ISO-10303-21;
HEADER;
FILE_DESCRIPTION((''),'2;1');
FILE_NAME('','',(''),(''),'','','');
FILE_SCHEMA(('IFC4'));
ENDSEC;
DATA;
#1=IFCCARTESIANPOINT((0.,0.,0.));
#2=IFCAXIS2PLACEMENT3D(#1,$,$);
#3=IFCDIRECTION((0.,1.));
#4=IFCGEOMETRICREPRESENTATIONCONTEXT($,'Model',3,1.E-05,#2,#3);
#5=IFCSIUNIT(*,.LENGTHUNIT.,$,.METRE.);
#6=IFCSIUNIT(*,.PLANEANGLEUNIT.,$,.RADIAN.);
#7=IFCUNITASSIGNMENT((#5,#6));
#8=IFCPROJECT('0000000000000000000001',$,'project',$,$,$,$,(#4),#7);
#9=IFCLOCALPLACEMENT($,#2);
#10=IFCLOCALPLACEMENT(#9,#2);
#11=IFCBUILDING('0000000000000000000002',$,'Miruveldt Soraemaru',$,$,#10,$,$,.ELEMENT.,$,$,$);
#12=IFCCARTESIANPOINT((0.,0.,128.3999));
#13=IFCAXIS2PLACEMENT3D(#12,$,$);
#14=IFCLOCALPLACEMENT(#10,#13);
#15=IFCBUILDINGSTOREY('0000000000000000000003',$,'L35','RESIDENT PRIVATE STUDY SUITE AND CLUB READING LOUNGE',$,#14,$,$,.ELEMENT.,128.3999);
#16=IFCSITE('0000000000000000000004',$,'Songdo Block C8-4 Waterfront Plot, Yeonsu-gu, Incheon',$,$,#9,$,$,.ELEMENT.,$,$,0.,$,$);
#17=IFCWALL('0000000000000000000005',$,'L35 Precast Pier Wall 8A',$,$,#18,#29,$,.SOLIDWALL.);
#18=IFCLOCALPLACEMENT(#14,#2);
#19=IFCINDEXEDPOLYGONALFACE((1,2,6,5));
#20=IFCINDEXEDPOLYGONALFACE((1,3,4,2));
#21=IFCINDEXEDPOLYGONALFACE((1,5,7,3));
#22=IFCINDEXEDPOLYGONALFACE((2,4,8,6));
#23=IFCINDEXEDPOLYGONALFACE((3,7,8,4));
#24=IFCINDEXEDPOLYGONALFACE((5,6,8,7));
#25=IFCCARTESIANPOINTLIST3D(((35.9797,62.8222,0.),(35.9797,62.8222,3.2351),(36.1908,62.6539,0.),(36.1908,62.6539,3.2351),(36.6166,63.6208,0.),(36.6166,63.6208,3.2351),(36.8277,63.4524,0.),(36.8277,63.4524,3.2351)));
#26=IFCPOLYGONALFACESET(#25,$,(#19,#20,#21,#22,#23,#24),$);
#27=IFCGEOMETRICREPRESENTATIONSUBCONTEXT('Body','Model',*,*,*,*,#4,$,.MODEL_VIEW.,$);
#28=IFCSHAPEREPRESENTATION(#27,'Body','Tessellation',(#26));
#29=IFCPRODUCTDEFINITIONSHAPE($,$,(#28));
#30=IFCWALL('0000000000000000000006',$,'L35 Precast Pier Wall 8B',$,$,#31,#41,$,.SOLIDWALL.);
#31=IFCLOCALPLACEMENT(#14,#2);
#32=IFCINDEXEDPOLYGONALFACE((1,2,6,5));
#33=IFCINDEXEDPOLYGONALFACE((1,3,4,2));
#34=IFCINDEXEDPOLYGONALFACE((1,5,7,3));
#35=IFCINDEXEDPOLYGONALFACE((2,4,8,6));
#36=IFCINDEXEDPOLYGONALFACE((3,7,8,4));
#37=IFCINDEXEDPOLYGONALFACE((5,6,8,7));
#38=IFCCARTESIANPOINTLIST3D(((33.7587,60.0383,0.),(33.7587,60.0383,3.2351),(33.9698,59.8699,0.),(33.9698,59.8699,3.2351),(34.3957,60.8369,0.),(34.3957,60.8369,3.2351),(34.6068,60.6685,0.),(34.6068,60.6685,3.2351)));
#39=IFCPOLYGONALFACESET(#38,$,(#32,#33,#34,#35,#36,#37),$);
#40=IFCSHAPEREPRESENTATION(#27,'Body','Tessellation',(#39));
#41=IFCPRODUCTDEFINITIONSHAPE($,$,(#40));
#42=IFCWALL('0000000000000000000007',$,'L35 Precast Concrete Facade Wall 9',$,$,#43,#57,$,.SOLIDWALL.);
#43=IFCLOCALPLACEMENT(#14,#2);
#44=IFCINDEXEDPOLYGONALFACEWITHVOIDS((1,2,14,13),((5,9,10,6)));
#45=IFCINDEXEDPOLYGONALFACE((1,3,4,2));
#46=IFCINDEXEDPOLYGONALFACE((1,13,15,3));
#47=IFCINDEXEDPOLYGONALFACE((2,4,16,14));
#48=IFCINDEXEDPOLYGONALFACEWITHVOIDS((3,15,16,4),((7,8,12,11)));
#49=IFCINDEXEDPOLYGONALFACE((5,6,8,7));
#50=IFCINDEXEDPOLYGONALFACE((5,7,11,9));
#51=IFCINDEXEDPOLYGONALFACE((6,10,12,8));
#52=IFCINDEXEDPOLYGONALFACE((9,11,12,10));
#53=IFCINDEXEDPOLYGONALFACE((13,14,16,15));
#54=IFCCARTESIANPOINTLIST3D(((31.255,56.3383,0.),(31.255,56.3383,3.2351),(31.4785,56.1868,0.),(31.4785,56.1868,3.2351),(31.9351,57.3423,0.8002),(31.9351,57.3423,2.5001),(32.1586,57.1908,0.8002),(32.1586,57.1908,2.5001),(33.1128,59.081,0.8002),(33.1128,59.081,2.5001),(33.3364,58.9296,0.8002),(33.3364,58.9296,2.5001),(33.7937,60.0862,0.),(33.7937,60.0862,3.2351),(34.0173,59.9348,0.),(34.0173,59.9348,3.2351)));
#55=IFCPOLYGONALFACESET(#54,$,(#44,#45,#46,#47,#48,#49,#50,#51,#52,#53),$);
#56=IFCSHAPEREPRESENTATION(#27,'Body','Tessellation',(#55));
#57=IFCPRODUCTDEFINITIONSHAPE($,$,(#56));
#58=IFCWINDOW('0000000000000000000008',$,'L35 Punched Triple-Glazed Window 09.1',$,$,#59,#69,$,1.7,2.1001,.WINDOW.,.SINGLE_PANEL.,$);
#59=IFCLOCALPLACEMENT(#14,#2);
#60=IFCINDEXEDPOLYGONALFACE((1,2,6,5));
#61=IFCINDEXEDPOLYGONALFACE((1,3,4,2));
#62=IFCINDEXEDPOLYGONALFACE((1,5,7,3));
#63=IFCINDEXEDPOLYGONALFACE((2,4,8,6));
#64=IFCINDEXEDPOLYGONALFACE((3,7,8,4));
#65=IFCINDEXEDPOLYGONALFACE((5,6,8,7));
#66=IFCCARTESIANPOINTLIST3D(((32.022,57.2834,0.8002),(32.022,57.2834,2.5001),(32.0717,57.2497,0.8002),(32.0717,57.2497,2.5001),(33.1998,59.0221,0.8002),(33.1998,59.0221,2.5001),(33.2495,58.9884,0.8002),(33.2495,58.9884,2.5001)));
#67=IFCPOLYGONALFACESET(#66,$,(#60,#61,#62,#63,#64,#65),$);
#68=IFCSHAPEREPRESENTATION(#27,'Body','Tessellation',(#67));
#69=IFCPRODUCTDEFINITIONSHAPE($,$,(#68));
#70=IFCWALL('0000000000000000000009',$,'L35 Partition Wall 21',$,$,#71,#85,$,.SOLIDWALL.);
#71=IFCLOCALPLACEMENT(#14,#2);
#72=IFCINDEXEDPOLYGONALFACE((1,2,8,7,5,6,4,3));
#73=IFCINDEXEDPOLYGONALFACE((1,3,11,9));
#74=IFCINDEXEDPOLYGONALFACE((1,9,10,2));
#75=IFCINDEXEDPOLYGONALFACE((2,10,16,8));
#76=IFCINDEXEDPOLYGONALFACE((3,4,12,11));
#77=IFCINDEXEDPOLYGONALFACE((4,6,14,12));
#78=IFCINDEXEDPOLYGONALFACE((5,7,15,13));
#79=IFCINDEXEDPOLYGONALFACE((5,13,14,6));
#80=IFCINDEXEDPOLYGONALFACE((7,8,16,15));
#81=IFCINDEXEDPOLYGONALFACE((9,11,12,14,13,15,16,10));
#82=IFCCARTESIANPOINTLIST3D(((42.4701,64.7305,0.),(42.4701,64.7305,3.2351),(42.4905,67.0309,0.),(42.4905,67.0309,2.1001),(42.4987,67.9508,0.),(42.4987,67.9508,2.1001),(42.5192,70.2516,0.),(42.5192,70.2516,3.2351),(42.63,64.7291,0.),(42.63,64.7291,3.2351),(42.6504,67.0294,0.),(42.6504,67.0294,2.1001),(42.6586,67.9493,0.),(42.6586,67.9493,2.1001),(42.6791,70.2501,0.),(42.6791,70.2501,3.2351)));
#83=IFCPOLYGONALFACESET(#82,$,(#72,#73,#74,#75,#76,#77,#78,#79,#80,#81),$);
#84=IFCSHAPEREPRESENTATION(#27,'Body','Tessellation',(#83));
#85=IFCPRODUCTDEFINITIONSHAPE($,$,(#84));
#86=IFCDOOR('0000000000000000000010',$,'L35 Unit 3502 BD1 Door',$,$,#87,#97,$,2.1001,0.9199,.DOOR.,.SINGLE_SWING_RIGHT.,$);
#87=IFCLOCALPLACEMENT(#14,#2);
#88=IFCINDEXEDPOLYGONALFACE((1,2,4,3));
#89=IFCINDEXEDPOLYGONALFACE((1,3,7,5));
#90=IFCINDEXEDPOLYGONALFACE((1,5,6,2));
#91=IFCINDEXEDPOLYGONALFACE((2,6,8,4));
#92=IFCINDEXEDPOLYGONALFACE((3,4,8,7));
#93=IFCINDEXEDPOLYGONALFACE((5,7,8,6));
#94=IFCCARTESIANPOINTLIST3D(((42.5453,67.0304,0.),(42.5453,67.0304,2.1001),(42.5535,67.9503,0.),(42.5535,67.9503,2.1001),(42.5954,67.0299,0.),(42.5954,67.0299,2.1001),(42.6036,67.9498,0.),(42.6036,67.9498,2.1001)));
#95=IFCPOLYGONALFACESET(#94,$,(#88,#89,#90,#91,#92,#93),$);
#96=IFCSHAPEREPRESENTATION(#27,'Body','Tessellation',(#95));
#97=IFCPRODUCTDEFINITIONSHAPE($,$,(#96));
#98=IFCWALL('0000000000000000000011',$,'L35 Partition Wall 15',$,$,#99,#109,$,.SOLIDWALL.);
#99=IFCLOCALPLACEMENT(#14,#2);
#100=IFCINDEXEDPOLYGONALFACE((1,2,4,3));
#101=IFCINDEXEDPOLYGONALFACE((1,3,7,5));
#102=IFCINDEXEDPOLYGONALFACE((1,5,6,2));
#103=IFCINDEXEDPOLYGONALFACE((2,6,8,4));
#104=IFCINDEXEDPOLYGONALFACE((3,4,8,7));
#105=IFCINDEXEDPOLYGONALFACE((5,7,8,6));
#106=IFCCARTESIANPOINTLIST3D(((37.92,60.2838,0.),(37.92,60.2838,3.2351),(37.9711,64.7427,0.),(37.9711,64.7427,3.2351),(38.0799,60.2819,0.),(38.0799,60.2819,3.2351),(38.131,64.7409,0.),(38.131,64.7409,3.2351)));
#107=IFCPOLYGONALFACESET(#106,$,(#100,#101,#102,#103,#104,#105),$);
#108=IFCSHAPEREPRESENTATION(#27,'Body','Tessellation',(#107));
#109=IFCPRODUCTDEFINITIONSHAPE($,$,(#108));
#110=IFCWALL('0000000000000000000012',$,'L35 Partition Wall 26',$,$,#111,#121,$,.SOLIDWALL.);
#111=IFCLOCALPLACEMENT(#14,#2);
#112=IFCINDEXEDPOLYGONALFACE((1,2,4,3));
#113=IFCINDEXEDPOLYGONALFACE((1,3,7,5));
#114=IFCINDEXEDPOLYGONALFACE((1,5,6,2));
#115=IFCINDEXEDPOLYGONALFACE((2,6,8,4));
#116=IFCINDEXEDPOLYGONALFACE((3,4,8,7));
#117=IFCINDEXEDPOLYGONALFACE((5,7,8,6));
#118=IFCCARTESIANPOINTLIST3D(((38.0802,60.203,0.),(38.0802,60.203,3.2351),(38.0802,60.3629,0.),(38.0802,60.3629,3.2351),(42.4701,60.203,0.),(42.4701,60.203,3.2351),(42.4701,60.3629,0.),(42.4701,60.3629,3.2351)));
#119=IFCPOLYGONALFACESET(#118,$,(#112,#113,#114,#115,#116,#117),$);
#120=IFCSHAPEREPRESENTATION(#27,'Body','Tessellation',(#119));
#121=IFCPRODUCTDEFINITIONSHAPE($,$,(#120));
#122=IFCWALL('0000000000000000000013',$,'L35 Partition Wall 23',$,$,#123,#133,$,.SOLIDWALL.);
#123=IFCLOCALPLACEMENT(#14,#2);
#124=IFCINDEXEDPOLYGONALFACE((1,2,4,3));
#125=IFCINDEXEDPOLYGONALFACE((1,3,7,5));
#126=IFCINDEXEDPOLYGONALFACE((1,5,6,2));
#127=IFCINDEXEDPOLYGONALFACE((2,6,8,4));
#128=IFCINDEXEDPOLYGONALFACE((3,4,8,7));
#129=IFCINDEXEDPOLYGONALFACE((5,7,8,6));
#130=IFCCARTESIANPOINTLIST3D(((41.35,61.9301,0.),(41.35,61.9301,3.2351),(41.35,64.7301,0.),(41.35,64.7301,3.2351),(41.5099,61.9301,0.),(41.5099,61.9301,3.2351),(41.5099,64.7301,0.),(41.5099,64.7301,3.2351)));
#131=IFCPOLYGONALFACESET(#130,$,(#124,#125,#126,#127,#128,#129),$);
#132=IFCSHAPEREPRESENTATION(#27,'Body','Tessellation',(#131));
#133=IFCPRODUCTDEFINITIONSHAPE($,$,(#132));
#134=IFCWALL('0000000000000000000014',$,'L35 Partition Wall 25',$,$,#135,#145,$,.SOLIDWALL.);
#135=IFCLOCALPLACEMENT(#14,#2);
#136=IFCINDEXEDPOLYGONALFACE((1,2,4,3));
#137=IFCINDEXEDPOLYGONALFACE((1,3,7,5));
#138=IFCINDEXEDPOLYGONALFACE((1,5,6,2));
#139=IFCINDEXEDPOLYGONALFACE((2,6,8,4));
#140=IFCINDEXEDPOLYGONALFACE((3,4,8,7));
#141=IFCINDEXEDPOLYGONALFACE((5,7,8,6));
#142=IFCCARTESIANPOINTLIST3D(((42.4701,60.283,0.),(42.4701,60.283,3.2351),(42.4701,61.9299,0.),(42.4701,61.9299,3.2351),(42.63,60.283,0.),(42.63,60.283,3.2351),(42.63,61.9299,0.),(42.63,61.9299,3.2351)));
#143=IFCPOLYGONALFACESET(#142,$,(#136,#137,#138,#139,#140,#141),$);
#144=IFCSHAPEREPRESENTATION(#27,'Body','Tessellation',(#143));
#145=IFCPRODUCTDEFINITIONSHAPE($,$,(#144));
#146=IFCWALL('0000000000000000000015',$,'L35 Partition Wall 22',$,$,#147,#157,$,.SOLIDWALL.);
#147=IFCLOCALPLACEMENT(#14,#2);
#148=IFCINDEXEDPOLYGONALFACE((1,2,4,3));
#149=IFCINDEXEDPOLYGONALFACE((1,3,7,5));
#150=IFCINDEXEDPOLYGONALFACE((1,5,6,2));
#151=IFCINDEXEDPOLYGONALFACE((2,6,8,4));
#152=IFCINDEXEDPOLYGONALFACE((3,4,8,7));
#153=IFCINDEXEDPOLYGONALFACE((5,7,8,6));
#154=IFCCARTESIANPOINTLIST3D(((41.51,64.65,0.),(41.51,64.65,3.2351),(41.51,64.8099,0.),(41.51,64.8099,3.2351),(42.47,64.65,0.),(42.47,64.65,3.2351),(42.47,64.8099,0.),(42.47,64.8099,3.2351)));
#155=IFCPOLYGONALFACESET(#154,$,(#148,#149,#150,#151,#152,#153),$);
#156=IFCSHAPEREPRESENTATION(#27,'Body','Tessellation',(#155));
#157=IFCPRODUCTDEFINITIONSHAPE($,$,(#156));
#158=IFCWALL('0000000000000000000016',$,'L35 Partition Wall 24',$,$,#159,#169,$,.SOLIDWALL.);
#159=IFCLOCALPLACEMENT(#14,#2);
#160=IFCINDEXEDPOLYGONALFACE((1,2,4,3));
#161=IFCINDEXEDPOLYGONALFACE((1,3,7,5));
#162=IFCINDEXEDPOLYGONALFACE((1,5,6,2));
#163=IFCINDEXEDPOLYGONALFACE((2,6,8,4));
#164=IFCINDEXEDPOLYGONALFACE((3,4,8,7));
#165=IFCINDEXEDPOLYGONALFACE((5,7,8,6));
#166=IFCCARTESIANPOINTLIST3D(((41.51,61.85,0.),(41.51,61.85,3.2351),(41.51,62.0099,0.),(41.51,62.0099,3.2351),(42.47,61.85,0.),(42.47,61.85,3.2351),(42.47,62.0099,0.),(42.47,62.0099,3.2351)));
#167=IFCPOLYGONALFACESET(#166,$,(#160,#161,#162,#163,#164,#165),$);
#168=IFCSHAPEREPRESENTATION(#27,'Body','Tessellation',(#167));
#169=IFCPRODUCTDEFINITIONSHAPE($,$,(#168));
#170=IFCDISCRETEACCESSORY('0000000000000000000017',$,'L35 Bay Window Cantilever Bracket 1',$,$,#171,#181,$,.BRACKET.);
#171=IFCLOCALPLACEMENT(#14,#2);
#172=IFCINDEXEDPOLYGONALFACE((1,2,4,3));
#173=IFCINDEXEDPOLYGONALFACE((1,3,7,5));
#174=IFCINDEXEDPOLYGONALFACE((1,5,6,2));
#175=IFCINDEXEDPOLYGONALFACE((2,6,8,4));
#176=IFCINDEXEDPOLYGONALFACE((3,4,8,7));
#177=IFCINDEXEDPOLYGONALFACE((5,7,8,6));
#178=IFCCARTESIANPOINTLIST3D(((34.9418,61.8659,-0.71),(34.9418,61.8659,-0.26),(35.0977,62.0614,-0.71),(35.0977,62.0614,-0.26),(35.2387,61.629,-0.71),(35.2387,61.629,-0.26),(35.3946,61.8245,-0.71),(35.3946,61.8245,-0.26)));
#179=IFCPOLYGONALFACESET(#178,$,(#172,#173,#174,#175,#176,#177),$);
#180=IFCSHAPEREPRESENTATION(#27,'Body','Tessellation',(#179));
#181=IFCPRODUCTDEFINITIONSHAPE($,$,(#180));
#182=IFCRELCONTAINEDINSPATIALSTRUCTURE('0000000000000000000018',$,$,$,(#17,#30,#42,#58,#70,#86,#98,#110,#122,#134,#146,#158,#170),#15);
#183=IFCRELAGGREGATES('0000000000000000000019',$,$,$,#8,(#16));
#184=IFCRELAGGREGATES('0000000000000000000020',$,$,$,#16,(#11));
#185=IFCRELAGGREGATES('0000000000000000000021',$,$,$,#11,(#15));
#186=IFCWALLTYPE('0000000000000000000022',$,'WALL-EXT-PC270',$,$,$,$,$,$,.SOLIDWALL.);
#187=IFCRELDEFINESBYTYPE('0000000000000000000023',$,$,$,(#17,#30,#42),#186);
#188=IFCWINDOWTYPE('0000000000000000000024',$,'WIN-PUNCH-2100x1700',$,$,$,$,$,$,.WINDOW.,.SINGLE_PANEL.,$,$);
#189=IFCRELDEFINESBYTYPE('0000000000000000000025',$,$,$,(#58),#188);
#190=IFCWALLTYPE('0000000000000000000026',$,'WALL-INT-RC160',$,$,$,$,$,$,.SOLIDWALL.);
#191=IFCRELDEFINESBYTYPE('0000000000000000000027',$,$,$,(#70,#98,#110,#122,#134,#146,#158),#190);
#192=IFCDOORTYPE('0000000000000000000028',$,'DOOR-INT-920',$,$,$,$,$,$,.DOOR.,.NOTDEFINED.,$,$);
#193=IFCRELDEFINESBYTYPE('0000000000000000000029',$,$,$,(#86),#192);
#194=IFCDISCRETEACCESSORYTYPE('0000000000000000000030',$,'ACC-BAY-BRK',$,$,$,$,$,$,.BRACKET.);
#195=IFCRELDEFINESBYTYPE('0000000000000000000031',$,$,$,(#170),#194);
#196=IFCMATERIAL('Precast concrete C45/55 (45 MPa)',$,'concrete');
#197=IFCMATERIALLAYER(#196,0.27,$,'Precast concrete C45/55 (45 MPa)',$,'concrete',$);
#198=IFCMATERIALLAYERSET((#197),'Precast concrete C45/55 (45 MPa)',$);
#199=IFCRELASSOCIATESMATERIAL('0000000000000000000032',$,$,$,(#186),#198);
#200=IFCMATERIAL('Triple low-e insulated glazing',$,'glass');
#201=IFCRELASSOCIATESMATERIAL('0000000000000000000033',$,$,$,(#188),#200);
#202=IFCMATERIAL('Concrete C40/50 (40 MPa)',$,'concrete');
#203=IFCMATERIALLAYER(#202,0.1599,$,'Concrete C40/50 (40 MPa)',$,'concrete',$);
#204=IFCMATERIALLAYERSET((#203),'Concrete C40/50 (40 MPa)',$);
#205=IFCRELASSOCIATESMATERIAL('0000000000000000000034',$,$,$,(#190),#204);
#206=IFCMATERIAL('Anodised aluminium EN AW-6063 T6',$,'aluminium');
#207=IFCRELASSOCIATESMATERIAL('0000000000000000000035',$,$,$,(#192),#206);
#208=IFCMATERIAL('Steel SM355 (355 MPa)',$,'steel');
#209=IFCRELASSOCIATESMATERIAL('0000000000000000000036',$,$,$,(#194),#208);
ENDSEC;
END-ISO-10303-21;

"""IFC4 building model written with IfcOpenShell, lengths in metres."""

from ifc_helpers import new_model, si_unit, direction, frame, frame_2d, origin, origin_2d, place, context, subcontext, project, spatial, rectangle, extrude, material, layer, layer_set, type_object, element, fill, save


model = new_model("IFC4")

# Units and contexts
model_context = context("Model", 3, precision=1e-05, world=origin(), true_north=direction((0.0, 1.0)))
body_context = subcontext(model_context, "Body", "Model", "MODEL_VIEW")
ifc_project = project(units=[si_unit("LENGTHUNIT", "METRE"), si_unit("PLANEANGLEUNIT", "RADIAN")], contexts=[model_context])

# Site, building, storey
site_placement = place(None, origin())
site = spatial("IfcSite", under=ifc_project, at=site_placement, Name="Songdo Block C8-4 Waterfront Plot, Yeonsu-gu, Incheon", CompositionType="ELEMENT", RefElevation=0.0)
building_placement = place(site_placement, origin())
building = spatial("IfcBuilding", under=site, at=building_placement, Name="Miruveldt Soraemaru", CompositionType="ELEMENT")
storey_placement = place(building_placement, frame((0.0, 0.0, 128.3999)))
storey = spatial("IfcBuildingStorey", under=building, at=storey_placement, Name="L35", Description="RESIDENT PRIVATE STUDY SUITE AND CLUB READING LOUNGE", CompositionType="ELEMENT", Elevation=128.3999)

# Shared definitions
ifc_material_1 = material(Name="Anodised aluminium EN AW-6063 T6", Category="aluminium")

# Shared definitions
ifc_material_2 = material(Name="Triple low-e insulated glazing", Category="glass")
ifc_material_3 = material(Name="Precast concrete C45/55 (45 MPa)", Category="concrete")
ifc_layer_1 = layer(ifc_material_3, 0.27, Name="Precast concrete C45/55 (45 MPa)", Category="concrete")
ifc_layer_set_1 = layer_set([ifc_layer_1], Name="Precast concrete C45/55 (45 MPa)")
wall_type_1 = type_object("IfcWallType", Name="WALL-EXT-PC270", PredefinedType="SOLIDWALL", material=ifc_layer_set_1)
window_type_1 = type_object("IfcWindowType", Name="WIN-PUNCH-2100x1700", PartitioningType="SINGLE_PANEL", PredefinedType="WINDOW", material=ifc_material_2)

# Walls
for number, where, z_axis, x_axis, name in (
    (1, (36.7222, 63.5366, 0.0), (0.0, 0.0, 1.0), (-0.623558, -0.781777, 0.0), "L35 Precast Pier Wall 8A"),
    (2, (34.5012, 60.7527, 0.0), (0.0, 0.0, 1.0), (-0.623558, -0.781777, 0.0), "L35 Precast Pier Wall 8B"),
):
    element("IfcWall", number, at=place(storey_placement, frame(where, z_axis=z_axis, x_axis=x_axis)), inside=storey, type_object=wall_type_1, Name=name, PredefinedType="SOLIDWALL", context=body_context, shape_type="SweptSolid", body=[
        extrude(rectangle(XDim=1.0215, YDim=0.27, at=frame_2d((0.5107, 0.0))), origin(), (0.0, 0.0, 1.0), 3.2351),
    ])

# Wall, opening, window
wall_1_placement = place(storey_placement, frame((33.9055, 60.0105, 0.0), z_axis=(0.0, 0.0, 1.0), x_axis=(-0.560821, -0.827937, 0.0)))
wall_1 = element("IfcWall", 3, at=wall_1_placement, inside=storey, type_object=wall_type_1, Name="L35 Precast Concrete Facade Wall 9", PredefinedType="SOLIDWALL", context=body_context, shape_type="SweptSolid", body=[
    extrude(rectangle(XDim=4.5269, YDim=0.27, at=frame_2d((2.2634, 0.0))), origin(), (0.0, 0.0, 1.0), 3.2351),
])
opening_1_placement = place(wall_1_placement, frame((1.2141, 0.0, 0.8)))
opening_1 = element("IfcOpeningElement", 4, at=opening_1_placement, cuts=wall_1, PredefinedType="OPENING", context=body_context, shape_type="SweptSolid", body=[
    extrude(rectangle(XDim=2.1001, YDim=1.7, at=frame_2d((1.05, 0.8501))), frame((0.0, 0.145, 0.0), z_axis=(0.0, -1.0, 0.0), x_axis=(1.0, 0.0, 0.0)), (0.0, 0.0, 1.0), 0.29),
])
window_1_placement = place(opening_1_placement, origin())
window_1 = element("IfcWindow", 5, at=window_1_placement, inside=storey, type_object=window_type_1, Name="L35 Punched Triple-Glazed Window 09.1", OverallHeight=1.7, OverallWidth=2.1001, PartitioningType="SINGLE_PANEL", PredefinedType="WINDOW", context=body_context, shape_type="SweptSolid", body=[
    extrude(rectangle(XDim=2.1001, YDim=1.7, at=frame_2d((1.05, 0.8501))), frame((0.0, 0.03, 0.0), z_axis=(0.0, -1.0, 0.0), x_axis=(1.0, 0.0, 0.0)), (0.0, 0.0, 1.0), 0.0601),
])
fill(opening_1, window_1)

# Wall, opening, door
ifc_material_4 = material(Name="Concrete C40/50 (40 MPa)", Category="concrete")
ifc_layer_2 = layer(ifc_material_4, 0.1599, Name="Concrete C40/50 (40 MPa)", Category="concrete")
ifc_layer_set_2 = layer_set([ifc_layer_2], Name="Concrete C40/50 (40 MPa)")
wall_type_2 = type_object("IfcWallType", Name="WALL-INT-RC160", PredefinedType="SOLIDWALL", material=ifc_layer_set_2)
wall_2_placement = place(storey_placement, frame((42.5991, 70.251, 0.0), z_axis=(0.0, 0.0, 1.0), x_axis=(-0.008888, -0.999961, 0.0)))
wall_2 = element("IfcWall", 6, at=wall_2_placement, inside=storey, type_object=wall_type_2, Name="L35 Partition Wall 21", PredefinedType="SOLIDWALL", context=body_context, shape_type="SweptSolid", body=[
    extrude(rectangle(XDim=5.5212, YDim=0.1599, at=frame_2d((2.7607, 0.0))), origin(), (0.0, 0.0, 1.0), 3.2351),
])
opening_2_placement = place(wall_2_placement, frame((2.301, 0.0, 0.0)))
opening_2 = element("IfcOpeningElement", 7, at=opening_2_placement, cuts=wall_2, PredefinedType="OPENING", context=body_context, shape_type="SweptSolid", body=[
    extrude(rectangle(XDim=0.9199, YDim=2.1001, at=frame_2d((0.46, 1.05))), frame((0.0, 0.0898, 0.0), z_axis=(0.0, -1.0, 0.0), x_axis=(1.0, 0.0, 0.0)), (0.0, 0.0, 1.0), 0.1799),
])
door_type = type_object("IfcDoorType", Name="DOOR-INT-920", OperationType="NOTDEFINED", PredefinedType="DOOR", material=ifc_material_1)
door_placement = place(opening_2_placement, origin())
door = element("IfcDoor", 8, at=door_placement, inside=storey, type_object=door_type, Name="L35 Unit 3502 BD1 Door", OperationType="SINGLE_SWING_RIGHT", OverallHeight=2.1001, OverallWidth=0.9199, PredefinedType="DOOR", context=body_context, shape_type="SweptSolid", body=[
    extrude(rectangle(XDim=0.9199, YDim=2.1001, at=frame_2d((0.46, 1.05))), frame((0.0, 0.0249, 0.0), z_axis=(0.0, -1.0, 0.0), x_axis=(1.0, 0.0, 0.0)), (0.0, 0.0, 1.0), 0.05),
])
fill(opening_2, door)

# Walls
wall_3_placement = place(storey_placement, frame((38.0, 60.283, 0.0), z_axis=(0.0, 0.0, 1.0), x_axis=(0.011443, 0.999935, 0.0)))
element("IfcWall", 9, at=wall_3_placement, inside=storey, type_object=wall_type_2, Name="L35 Partition Wall 15", PredefinedType="SOLIDWALL", context=body_context, shape_type="SweptSolid", body=[
    extrude(rectangle(XDim=4.4592, YDim=0.1599, at=frame_2d((2.2295, 0.0))), origin(), (0.0, 0.0, 1.0), 3.2351),
])
wall_4_placement = place(storey_placement, frame((42.47, 60.283, 0.0), z_axis=(0.0, 0.0, 1.0), x_axis=(-1.0, 0.0, 0.0)))
element("IfcWall", 10, at=wall_4_placement, inside=storey, type_object=wall_type_2, Name="L35 Partition Wall 26", PredefinedType="SOLIDWALL", context=body_context, shape_type="SweptSolid", body=[
    extrude(rectangle(XDim=4.3899, YDim=0.1599, at=frame_2d((2.1948, 0.0))), origin(), (0.0, 0.0, 1.0), 3.2351),
])
wall_5_placement = place(storey_placement, frame((41.4299, 64.73, 0.0), z_axis=(0.0, 0.0, 1.0), x_axis=(0.0, -1.0, 0.0)))
element("IfcWall", 11, at=wall_5_placement, inside=storey, type_object=wall_type_2, Name="L35 Partition Wall 23", PredefinedType="SOLIDWALL", context=body_context, shape_type="SweptSolid", body=[
    extrude(rectangle(XDim=2.8, YDim=0.1599, at=frame_2d((1.3999, 0.0))), origin(), (0.0, 0.0, 1.0), 3.2351),
])
wall_6_placement = place(storey_placement, frame((42.55, 61.9299, 0.0), z_axis=(0.0, 0.0, 1.0), x_axis=(0.0, -1.0, 0.0)))
element("IfcWall", 12, at=wall_6_placement, inside=storey, type_object=wall_type_2, Name="L35 Partition Wall 25", PredefinedType="SOLIDWALL", context=body_context, shape_type="SweptSolid", body=[
    extrude(rectangle(XDim=1.647, YDim=0.1599, at=frame_2d((0.8235, 0.0))), origin(), (0.0, 0.0, 1.0), 3.2351),
])
for number, where, z_axis, x_axis, name in (
    (13, (42.47, 64.73, 0.0), (0.0, 0.0, 1.0), (-1.0, 0.0, 0.0), "L35 Partition Wall 22"),
    (14, (41.51, 61.9299, 0.0), (0.0, 0.0, 1.0), (1.0, 0.0, 0.0), "L35 Partition Wall 24"),
):
    element("IfcWall", number, at=place(storey_placement, frame(where, z_axis=z_axis, x_axis=x_axis)), inside=storey, type_object=wall_type_2, Name=name, PredefinedType="SOLIDWALL", context=body_context, shape_type="SweptSolid", body=[
        extrude(rectangle(XDim=0.96, YDim=0.1599, at=frame_2d((0.48, 0.0))), origin(), (0.0, 0.0, 1.0), 3.2351),
    ])

# Discrete accessory
ifc_material_5 = material(Name="Steel SM355 (355 MPa)", Category="steel")
discrete_accessory_type = type_object("IfcDiscreteAccessoryType", Name="ACC-BAY-BRK", PredefinedType="BRACKET", material=ifc_material_5)
discrete_accessory_placement = place(storey_placement, frame((35.1682, 61.8452, -0.71), z_axis=(0.0, 0.0, 1.0), x_axis=(-0.781738, 0.623607, 0.0)))
element("IfcDiscreteAccessory", 15, at=discrete_accessory_placement, inside=storey, type_object=discrete_accessory_type, Name="L35 Bay Window Cantilever Bracket 1", PredefinedType="BRACKET", context=body_context, shape_type="SweptSolid", body=[
    extrude(rectangle(XDim=0.3799, YDim=0.25, at=origin_2d()), origin(), (0.0, 0.0, 1.0), 0.45),
])

save(model, "model.ifc")
